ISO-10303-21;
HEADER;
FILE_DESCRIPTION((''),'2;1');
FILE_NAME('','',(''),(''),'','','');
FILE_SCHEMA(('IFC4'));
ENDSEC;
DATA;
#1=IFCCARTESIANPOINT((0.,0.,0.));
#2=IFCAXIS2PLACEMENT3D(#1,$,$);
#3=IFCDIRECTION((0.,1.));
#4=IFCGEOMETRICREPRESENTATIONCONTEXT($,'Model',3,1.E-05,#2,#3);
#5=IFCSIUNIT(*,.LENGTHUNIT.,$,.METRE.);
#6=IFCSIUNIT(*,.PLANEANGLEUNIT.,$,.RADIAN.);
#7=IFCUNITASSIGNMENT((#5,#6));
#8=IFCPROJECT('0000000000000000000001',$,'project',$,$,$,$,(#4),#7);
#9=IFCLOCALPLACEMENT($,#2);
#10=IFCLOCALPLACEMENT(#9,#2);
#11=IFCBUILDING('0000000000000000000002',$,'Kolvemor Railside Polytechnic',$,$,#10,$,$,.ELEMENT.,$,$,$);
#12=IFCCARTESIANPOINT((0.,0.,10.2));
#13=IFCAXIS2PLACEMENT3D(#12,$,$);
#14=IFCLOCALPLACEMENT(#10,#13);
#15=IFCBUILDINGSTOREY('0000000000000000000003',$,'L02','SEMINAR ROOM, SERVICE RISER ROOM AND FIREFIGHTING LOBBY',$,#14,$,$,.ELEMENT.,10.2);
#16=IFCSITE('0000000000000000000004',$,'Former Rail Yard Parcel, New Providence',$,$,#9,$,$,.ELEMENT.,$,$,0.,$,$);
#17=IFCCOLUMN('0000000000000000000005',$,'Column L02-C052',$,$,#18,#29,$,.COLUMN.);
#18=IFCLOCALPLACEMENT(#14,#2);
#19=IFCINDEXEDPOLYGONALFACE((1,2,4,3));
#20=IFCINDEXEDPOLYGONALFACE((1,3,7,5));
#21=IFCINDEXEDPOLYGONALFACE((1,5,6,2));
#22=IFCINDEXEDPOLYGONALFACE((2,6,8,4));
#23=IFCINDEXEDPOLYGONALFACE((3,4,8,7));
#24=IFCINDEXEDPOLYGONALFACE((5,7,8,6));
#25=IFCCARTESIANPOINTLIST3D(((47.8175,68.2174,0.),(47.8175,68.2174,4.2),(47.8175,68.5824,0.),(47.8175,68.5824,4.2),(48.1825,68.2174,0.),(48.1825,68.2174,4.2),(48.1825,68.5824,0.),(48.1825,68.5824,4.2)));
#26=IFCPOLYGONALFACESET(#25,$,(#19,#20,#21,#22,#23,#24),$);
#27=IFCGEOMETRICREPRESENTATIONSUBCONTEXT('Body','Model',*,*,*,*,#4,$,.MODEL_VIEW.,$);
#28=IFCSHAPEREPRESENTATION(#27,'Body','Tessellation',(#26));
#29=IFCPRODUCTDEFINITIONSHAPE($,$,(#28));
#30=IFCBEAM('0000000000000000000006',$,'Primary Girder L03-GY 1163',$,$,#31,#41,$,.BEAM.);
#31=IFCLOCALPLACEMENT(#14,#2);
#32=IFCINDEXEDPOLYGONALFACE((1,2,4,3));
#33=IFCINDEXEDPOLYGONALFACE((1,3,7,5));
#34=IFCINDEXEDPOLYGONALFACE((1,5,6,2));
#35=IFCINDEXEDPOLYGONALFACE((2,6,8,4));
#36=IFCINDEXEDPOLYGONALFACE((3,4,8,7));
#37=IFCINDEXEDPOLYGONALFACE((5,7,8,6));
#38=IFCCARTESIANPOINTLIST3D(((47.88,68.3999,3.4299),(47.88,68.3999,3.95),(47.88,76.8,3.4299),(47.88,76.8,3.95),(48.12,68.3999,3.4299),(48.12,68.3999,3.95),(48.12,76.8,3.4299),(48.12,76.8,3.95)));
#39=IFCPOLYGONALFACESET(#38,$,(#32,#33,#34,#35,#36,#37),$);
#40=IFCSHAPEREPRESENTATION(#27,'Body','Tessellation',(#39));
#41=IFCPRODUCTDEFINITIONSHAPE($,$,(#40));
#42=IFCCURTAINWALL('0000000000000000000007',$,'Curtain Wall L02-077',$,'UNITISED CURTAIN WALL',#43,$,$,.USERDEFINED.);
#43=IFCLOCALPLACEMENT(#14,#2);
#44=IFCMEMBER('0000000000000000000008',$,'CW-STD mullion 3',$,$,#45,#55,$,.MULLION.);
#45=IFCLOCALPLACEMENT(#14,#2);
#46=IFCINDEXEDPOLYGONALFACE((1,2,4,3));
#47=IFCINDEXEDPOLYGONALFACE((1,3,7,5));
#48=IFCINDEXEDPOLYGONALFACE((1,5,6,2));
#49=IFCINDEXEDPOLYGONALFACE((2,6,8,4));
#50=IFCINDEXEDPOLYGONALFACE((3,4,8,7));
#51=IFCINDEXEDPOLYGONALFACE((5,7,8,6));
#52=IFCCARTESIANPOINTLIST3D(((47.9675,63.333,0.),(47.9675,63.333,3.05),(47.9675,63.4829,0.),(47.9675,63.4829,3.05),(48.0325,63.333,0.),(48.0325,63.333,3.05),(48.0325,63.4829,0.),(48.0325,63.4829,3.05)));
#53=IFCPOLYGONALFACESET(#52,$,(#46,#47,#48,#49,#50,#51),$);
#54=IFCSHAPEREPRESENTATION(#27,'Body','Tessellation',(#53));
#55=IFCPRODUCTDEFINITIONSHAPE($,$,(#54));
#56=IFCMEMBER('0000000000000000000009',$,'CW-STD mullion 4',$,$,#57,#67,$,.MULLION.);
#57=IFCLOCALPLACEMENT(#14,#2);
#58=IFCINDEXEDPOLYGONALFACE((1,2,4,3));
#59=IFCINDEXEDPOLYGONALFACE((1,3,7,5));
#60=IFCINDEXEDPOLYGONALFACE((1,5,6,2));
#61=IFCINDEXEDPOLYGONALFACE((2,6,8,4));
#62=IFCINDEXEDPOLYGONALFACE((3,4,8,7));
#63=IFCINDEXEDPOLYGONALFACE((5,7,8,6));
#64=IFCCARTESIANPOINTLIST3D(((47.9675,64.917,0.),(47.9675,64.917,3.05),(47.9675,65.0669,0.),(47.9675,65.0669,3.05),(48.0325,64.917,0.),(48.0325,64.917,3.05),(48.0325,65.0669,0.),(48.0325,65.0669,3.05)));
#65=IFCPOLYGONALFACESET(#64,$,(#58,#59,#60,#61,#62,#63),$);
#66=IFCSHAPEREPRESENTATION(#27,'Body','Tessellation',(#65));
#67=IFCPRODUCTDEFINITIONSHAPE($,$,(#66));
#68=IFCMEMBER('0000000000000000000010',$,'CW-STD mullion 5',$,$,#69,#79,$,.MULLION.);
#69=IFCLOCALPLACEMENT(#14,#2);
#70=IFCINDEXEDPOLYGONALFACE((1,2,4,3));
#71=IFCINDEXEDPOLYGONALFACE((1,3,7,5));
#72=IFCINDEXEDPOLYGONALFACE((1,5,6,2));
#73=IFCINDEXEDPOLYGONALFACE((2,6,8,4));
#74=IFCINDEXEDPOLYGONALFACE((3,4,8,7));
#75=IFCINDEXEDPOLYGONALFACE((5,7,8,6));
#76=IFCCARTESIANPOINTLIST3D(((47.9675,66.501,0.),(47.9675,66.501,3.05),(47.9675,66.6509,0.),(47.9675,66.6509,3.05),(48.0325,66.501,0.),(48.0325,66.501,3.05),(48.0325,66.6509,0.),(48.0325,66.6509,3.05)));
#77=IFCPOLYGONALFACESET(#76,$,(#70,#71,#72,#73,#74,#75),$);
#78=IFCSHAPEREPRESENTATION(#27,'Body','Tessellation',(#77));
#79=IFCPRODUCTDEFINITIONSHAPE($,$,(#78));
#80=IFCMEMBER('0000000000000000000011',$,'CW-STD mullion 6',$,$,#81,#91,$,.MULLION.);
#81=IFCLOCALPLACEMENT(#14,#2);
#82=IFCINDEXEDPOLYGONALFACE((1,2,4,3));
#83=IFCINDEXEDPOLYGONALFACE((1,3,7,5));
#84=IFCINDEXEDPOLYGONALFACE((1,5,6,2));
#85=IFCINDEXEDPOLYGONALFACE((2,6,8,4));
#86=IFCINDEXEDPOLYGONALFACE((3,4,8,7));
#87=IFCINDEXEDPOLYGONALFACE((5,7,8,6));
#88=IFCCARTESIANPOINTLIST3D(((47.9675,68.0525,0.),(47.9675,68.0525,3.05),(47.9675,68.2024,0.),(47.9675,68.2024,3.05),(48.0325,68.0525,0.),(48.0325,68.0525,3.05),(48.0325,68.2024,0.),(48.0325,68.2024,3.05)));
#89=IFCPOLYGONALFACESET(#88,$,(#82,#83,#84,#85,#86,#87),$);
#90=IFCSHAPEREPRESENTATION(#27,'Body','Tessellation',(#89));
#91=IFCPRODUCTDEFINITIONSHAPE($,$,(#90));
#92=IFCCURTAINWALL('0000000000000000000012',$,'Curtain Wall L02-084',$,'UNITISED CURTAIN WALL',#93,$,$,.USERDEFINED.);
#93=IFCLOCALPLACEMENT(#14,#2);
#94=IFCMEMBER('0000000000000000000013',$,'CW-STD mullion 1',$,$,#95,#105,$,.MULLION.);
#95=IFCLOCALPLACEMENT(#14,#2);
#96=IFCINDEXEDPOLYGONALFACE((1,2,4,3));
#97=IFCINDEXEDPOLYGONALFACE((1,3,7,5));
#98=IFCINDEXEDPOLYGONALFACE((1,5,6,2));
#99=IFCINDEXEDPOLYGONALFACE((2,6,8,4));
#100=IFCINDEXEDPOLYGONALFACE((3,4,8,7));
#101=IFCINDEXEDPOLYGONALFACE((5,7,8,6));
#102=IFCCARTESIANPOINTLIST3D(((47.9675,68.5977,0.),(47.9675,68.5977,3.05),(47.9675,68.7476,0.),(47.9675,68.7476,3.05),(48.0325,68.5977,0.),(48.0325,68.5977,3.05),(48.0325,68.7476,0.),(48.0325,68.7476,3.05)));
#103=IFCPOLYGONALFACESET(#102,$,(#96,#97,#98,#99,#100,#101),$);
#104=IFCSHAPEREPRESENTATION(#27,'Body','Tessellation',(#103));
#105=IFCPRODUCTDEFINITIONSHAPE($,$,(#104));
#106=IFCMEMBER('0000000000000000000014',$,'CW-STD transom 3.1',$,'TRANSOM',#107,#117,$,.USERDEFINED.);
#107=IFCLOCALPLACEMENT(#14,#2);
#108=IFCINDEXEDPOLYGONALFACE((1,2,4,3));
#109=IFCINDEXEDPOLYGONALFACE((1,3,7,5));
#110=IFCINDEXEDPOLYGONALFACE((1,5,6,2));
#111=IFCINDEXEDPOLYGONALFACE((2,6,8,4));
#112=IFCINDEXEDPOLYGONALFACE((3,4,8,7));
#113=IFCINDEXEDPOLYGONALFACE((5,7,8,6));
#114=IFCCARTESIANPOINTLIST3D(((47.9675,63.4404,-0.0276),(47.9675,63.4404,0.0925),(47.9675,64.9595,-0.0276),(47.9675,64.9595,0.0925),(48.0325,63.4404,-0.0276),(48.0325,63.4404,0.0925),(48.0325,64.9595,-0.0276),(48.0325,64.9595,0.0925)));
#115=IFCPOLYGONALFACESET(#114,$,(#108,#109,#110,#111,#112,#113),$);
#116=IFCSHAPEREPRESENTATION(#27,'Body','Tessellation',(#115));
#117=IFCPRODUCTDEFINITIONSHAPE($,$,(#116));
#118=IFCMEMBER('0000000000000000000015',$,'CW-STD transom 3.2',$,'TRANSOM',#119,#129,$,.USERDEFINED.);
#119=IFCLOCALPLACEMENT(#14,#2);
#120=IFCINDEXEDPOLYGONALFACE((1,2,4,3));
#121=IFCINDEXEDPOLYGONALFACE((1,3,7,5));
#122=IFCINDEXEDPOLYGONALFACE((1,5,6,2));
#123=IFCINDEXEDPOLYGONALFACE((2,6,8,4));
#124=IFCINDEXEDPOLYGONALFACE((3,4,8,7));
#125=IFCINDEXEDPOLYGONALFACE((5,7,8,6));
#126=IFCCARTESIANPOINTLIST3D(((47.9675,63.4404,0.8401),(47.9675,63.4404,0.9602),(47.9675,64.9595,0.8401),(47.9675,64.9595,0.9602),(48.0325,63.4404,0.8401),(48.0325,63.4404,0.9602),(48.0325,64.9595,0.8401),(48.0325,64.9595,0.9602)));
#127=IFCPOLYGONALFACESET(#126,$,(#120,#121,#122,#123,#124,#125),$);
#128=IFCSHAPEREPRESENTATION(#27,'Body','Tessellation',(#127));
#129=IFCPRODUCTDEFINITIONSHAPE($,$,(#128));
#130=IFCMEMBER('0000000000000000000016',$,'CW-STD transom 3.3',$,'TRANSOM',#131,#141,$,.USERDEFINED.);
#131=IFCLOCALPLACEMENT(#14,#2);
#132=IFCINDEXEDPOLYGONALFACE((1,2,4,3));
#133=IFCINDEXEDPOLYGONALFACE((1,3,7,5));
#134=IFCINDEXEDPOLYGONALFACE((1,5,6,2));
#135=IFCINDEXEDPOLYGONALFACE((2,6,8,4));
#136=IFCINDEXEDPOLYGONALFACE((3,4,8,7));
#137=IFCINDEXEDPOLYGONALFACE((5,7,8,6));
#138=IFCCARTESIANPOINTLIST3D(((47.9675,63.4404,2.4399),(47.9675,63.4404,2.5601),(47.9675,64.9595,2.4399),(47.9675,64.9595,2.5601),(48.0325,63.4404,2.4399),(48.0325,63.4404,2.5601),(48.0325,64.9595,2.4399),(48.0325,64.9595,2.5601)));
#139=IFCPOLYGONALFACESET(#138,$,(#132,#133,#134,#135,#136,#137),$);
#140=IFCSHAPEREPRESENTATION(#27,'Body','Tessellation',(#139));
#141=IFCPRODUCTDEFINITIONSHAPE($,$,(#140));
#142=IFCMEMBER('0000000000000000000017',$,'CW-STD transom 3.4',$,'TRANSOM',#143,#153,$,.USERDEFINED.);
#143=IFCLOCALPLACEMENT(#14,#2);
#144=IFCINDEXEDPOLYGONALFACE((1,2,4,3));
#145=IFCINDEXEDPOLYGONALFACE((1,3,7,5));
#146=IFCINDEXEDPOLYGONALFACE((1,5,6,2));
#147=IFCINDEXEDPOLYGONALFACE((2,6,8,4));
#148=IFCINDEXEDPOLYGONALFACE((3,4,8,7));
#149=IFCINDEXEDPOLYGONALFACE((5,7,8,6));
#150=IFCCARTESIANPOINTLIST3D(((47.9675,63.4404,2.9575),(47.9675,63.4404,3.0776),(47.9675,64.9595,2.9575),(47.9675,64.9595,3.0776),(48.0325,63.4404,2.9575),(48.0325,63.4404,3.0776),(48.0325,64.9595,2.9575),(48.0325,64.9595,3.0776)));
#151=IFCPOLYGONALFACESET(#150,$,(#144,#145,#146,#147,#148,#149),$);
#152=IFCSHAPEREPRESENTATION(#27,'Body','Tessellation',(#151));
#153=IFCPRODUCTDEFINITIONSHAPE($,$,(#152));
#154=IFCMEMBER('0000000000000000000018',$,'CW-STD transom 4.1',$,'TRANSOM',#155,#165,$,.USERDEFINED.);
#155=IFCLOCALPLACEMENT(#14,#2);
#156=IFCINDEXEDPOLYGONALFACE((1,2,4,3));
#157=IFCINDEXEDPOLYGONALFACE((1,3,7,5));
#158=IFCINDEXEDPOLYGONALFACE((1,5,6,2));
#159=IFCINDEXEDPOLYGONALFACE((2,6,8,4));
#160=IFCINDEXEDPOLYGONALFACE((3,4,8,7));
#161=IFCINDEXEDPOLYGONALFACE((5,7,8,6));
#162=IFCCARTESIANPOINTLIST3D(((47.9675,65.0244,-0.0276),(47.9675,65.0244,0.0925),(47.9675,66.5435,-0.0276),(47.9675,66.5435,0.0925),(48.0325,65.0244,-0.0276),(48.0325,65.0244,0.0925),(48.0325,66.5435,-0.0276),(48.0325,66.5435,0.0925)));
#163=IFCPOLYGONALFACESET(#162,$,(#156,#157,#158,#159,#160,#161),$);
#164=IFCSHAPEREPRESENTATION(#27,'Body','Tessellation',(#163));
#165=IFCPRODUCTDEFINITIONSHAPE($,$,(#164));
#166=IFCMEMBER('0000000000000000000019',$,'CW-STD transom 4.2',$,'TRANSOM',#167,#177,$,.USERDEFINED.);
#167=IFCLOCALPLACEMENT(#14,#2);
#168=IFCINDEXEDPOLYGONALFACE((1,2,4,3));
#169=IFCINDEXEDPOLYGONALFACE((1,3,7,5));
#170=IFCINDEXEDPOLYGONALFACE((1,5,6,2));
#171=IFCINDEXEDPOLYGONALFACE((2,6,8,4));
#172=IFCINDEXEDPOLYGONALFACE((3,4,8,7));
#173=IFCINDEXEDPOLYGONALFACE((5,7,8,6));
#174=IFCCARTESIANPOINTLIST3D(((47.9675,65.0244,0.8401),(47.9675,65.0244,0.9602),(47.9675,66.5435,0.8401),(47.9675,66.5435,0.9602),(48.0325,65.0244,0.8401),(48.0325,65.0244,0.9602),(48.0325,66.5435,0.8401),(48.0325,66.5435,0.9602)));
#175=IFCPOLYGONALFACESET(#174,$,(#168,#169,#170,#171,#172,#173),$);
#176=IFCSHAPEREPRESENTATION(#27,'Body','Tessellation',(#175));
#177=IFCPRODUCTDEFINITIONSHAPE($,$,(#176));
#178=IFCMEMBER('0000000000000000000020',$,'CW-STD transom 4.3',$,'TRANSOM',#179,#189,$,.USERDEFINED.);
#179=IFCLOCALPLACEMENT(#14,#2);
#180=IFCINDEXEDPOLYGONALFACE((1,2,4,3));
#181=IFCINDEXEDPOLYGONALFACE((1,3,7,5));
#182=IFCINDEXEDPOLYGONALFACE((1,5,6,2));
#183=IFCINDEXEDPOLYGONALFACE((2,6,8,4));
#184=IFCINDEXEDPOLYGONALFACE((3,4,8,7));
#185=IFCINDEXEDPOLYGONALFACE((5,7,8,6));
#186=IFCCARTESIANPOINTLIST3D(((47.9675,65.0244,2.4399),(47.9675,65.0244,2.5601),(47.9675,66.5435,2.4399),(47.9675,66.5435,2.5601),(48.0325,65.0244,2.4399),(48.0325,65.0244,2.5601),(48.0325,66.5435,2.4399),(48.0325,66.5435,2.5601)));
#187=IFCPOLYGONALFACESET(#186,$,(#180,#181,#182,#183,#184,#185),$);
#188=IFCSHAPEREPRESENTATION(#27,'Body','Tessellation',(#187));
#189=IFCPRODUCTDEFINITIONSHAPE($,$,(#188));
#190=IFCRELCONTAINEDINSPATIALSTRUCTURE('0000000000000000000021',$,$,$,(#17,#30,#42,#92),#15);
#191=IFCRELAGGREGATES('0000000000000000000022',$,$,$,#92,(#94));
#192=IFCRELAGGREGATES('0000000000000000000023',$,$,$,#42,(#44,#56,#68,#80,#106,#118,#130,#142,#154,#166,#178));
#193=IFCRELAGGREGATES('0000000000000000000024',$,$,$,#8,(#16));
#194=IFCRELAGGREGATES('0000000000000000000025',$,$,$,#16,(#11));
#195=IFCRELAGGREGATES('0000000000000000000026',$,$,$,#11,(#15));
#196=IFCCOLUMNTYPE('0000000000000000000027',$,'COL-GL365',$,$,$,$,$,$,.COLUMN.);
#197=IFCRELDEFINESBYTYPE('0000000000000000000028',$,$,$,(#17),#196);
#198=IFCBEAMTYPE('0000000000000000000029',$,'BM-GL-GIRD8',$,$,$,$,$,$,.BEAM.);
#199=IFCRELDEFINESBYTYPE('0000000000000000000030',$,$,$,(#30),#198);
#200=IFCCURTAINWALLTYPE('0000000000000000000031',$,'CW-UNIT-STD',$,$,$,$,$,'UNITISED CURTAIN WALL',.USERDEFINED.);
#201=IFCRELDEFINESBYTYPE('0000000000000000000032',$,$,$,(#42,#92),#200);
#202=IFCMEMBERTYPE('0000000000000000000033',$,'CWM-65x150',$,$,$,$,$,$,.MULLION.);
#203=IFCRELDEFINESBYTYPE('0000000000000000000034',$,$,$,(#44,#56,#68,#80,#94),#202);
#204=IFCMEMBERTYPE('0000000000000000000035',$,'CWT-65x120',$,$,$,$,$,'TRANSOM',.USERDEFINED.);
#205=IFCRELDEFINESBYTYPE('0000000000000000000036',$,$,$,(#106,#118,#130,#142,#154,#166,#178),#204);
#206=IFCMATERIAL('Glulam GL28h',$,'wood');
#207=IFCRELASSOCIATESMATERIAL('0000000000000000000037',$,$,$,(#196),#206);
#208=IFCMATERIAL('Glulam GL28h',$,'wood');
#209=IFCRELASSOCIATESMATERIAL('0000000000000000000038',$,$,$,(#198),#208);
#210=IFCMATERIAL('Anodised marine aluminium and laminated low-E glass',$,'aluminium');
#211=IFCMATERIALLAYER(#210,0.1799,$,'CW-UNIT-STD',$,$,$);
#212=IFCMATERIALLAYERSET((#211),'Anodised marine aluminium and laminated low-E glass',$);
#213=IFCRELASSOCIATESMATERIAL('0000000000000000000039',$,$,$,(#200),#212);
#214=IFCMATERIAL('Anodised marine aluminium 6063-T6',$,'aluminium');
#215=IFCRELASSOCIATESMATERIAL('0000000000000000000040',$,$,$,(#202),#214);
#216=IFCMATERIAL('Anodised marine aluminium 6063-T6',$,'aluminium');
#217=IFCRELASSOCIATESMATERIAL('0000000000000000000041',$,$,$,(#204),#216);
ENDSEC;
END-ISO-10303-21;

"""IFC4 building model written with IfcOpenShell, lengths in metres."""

from ifc_helpers import new_model, si_unit, direction, frame, origin, origin_2d, place, context, subcontext, project, spatial, rectangle, extrude, material, layer, layer_set, material_profile, profile_set, type_object, element, aggregate, save


model = new_model("IFC4")

# Units and contexts
model_context = context("Model", 3, precision=1e-05, world=origin(), true_north=direction((0.0, 1.0)))
body_context = subcontext(model_context, "Body", "Model", "MODEL_VIEW")
ifc_project = project(units=[si_unit("LENGTHUNIT", "METRE"), si_unit("PLANEANGLEUNIT", "RADIAN")], contexts=[model_context])

# Site, building, storey
site_placement = place(None, origin())
site = spatial("IfcSite", under=ifc_project, at=site_placement, Name="Former Rail Yard Parcel, New Providence", CompositionType="ELEMENT", RefElevation=0.0)
building_placement = place(site_placement, origin())
building = spatial("IfcBuilding", under=site, at=building_placement, Name="Kolvemor Railside Polytechnic", CompositionType="ELEMENT")
storey_placement = place(building_placement, frame((0.0, 0.0, 10.2)))
storey = spatial("IfcBuildingStorey", under=building, at=storey_placement, Name="L02", Description="SEMINAR ROOM, SERVICE RISER ROOM AND FIREFIGHTING LOBBY", CompositionType="ELEMENT", Elevation=10.2)

# Column
ifc_material_1 = material(Name="Glulam GL28h", Category="wood")
ifc_material_profile_1 = material_profile(ifc_material_1, rectangle(XDim=0.365, YDim=0.365, at=origin_2d()), Name="GL365x365")
ifc_profile_set_1 = profile_set([ifc_material_profile_1], Name="Glulam GL28h")
column_type = type_object("IfcColumnType", Name="COL-GL365", PredefinedType="COLUMN", material=ifc_profile_set_1)
column_placement = place(storey_placement, frame((48.0, 68.3999, 0.0), z_axis=(0.0, 0.0, 1.0), x_axis=(1.0, 0.0, 0.0)))
element("IfcColumn", 1, at=column_placement, inside=storey, type_object=column_type, Name="Column L02-C052", PredefinedType="COLUMN", context=body_context, shape_type="SweptSolid", body=[
    extrude(rectangle(XDim=0.365, YDim=0.365, at=origin_2d()), origin(), (0.0, 0.0, 1.0), 4.2),
])

# Beam
ifc_material_2 = material(Name="Glulam GL28h", Category="wood")
ifc_material_profile_2 = material_profile(ifc_material_2, rectangle(XDim=0.24, YDim=0.52, at=origin_2d()), Name="GL240x520")
ifc_profile_set_2 = profile_set([ifc_material_profile_2], Name="Glulam GL28h")
beam_type = type_object("IfcBeamType", Name="BM-GL-GIRD8", PredefinedType="BEAM", material=ifc_profile_set_2)
beam_placement = place(storey_placement, frame((48.0, 68.3999, 3.6899), z_axis=(0.0, 1.0, 0.0), x_axis=(-1.0, 0.0, 0.0)))
element("IfcBeam", 2, at=beam_placement, inside=storey, type_object=beam_type, Name="Primary Girder L03-GY 1163", PredefinedType="BEAM", context=body_context, shape_type="SweptSolid", body=[
    extrude(rectangle(XDim=0.24, YDim=0.52, at=origin_2d()), origin(), (0.0, 0.0, 1.0), 8.4001),
])

# Curtain wall, members
ifc_material_3 = material(Name="Anodised marine aluminium and laminated low-E glass", Category="aluminium")
ifc_layer_1 = layer(ifc_material_3, 0.1799, Name="CW-UNIT-STD")
ifc_layer_set_1 = layer_set([ifc_layer_1], Name="Anodised marine aluminium and laminated low-E glass")
curtain_wall_type = type_object("IfcCurtainWallType", Name="CW-UNIT-STD", ElementType="UNITISED CURTAIN WALL", PredefinedType="USERDEFINED", material=ifc_layer_set_1)
curtain_wall_1_placement = place(storey_placement, origin())
curtain_wall_1 = element("IfcCurtainWall", 3, at=curtain_wall_1_placement, inside=storey, type_object=curtain_wall_type, Name="Curtain Wall L02-077", ObjectType="UNITISED CURTAIN WALL", PredefinedType="USERDEFINED")
ifc_material_4 = material(Name="Anodised marine aluminium 6063-T6", Category="aluminium")
ifc_material_profile_3 = material_profile(ifc_material_4, rectangle(XDim=0.0649, YDim=0.1499, at=origin_2d()), Name="CW-MUL-65x150")
ifc_profile_set_3 = profile_set([ifc_material_profile_3], Name="Anodised marine aluminium 6063-T6")
member_type_1 = type_object("IfcMemberType", Name="CWM-65x150", PredefinedType="MULLION", material=ifc_profile_set_3)
member_1_placement = place(storey_placement, frame((48.0, 63.408, 0.0), z_axis=(0.0, 0.0, 1.0), x_axis=(-1.0, 0.0, 0.0)))
member_1 = element("IfcMember", 4, at=member_1_placement, type_object=member_type_1, Name="CW-STD mullion 3", PredefinedType="MULLION", context=body_context, shape_type="SweptSolid", body=[
    extrude(rectangle(XDim=0.0649, YDim=0.1499, at=origin_2d()), origin(), (0.0, 0.0, 1.0), 3.05),
])
member_2_placement = place(storey_placement, frame((48.0, 64.9919, 0.0), z_axis=(0.0, 0.0, 1.0), x_axis=(-1.0, 0.0, 0.0)))
member_2 = element("IfcMember", 5, at=member_2_placement, type_object=member_type_1, Name="CW-STD mullion 4", PredefinedType="MULLION", context=body_context, shape_type="SweptSolid", body=[
    extrude(rectangle(XDim=0.0649, YDim=0.1499, at=origin_2d()), origin(), (0.0, 0.0, 1.0), 3.05),
])
member_3_placement = place(storey_placement, frame((48.0, 66.5759, 0.0), z_axis=(0.0, 0.0, 1.0), x_axis=(-1.0, 0.0, 0.0)))
member_3 = element("IfcMember", 6, at=member_3_placement, type_object=member_type_1, Name="CW-STD mullion 5", PredefinedType="MULLION", context=body_context, shape_type="SweptSolid", body=[
    extrude(rectangle(XDim=0.0649, YDim=0.1499, at=origin_2d()), origin(), (0.0, 0.0, 1.0), 3.05),
])
member_4_placement = place(storey_placement, frame((48.0, 68.1274, 0.0), z_axis=(0.0, 0.0, 1.0), x_axis=(-1.0, 0.0, 0.0)))
member_4 = element("IfcMember", 7, at=member_4_placement, type_object=member_type_1, Name="CW-STD mullion 6", PredefinedType="MULLION", context=body_context, shape_type="SweptSolid", body=[
    extrude(rectangle(XDim=0.0649, YDim=0.1499, at=origin_2d()), origin(), (0.0, 0.0, 1.0), 3.05),
])

# Curtain wall, member
curtain_wall_2_placement = place(storey_placement, origin())
curtain_wall_2 = element("IfcCurtainWall", 8, at=curtain_wall_2_placement, inside=storey, type_object=curtain_wall_type, Name="Curtain Wall L02-084", ObjectType="UNITISED CURTAIN WALL", PredefinedType="USERDEFINED")
member_5_placement = place(storey_placement, frame((48.0, 68.6726, 0.0), z_axis=(0.0, 0.0, 1.0), x_axis=(-1.0, 0.0, 0.0)))
member_5 = element("IfcMember", 9, at=member_5_placement, type_object=member_type_1, Name="CW-STD mullion 1", PredefinedType="MULLION", context=body_context, shape_type="SweptSolid", body=[
    extrude(rectangle(XDim=0.0649, YDim=0.1499, at=origin_2d()), origin(), (0.0, 0.0, 1.0), 3.05),
])

# Members
ifc_material_5 = material(Name="Anodised marine aluminium 6063-T6", Category="aluminium")
ifc_material_profile_4 = material_profile(ifc_material_5, rectangle(XDim=0.0649, YDim=0.1201, at=origin_2d()), Name="CW-TRN-65x120")
ifc_profile_set_4 = profile_set([ifc_material_profile_4], Name="Anodised marine aluminium 6063-T6")
member_type_2 = type_object("IfcMemberType", Name="CWT-65x120", ElementType="TRANSOM", PredefinedType="USERDEFINED", material=ifc_profile_set_4)
member_6_placement = place(storey_placement, frame((48.0, 63.4404, 0.0325), z_axis=(0.0, 1.0, 0.0), x_axis=(-1.0, 0.0, 0.0)))
member_6 = element("IfcMember", 10, at=member_6_placement, type_object=member_type_2, Name="CW-STD transom 3.1", ObjectType="TRANSOM", PredefinedType="USERDEFINED", context=body_context, shape_type="SweptSolid", body=[
    extrude(rectangle(XDim=0.0649, YDim=0.1201, at=origin_2d()), origin(), (0.0, 0.0, 1.0), 1.519),
])
member_7_placement = place(storey_placement, frame((48.0, 63.4404, 0.9001), z_axis=(0.0, 1.0, 0.0), x_axis=(-1.0, 0.0, 0.0)))
member_7 = element("IfcMember", 11, at=member_7_placement, type_object=member_type_2, Name="CW-STD transom 3.2", ObjectType="TRANSOM", PredefinedType="USERDEFINED", context=body_context, shape_type="SweptSolid", body=[
    extrude(rectangle(XDim=0.0649, YDim=0.1201, at=origin_2d()), origin(), (0.0, 0.0, 1.0), 1.519),
])
member_8_placement = place(storey_placement, frame((48.0, 63.4404, 2.5), z_axis=(0.0, 1.0, 0.0), x_axis=(-1.0, 0.0, 0.0)))
member_8 = element("IfcMember", 12, at=member_8_placement, type_object=member_type_2, Name="CW-STD transom 3.3", ObjectType="TRANSOM", PredefinedType="USERDEFINED", context=body_context, shape_type="SweptSolid", body=[
    extrude(rectangle(XDim=0.0649, YDim=0.1201, at=origin_2d()), origin(), (0.0, 0.0, 1.0), 1.519),
])
member_9_placement = place(storey_placement, frame((48.0, 63.4404, 3.0176), z_axis=(0.0, 1.0, 0.0), x_axis=(-1.0, 0.0, 0.0)))
member_9 = element("IfcMember", 13, at=member_9_placement, type_object=member_type_2, Name="CW-STD transom 3.4", ObjectType="TRANSOM", PredefinedType="USERDEFINED", context=body_context, shape_type="SweptSolid", body=[
    extrude(rectangle(XDim=0.0649, YDim=0.1201, at=origin_2d()), origin(), (0.0, 0.0, 1.0), 1.519),
])
member_10_placement = place(storey_placement, frame((48.0, 65.0244, 0.0325), z_axis=(0.0, 1.0, 0.0), x_axis=(-1.0, 0.0, 0.0)))
member_10 = element("IfcMember", 14, at=member_10_placement, type_object=member_type_2, Name="CW-STD transom 4.1", ObjectType="TRANSOM", PredefinedType="USERDEFINED", context=body_context, shape_type="SweptSolid", body=[
    extrude(rectangle(XDim=0.0649, YDim=0.1201, at=origin_2d()), origin(), (0.0, 0.0, 1.0), 1.519),
])
member_11_placement = place(storey_placement, frame((48.0, 65.0244, 0.9001), z_axis=(0.0, 1.0, 0.0), x_axis=(-1.0, 0.0, 0.0)))
member_11 = element("IfcMember", 15, at=member_11_placement, type_object=member_type_2, Name="CW-STD transom 4.2", ObjectType="TRANSOM", PredefinedType="USERDEFINED", context=body_context, shape_type="SweptSolid", body=[
    extrude(rectangle(XDim=0.0649, YDim=0.1201, at=origin_2d()), origin(), (0.0, 0.0, 1.0), 1.519),
])
member_12_placement = place(storey_placement, frame((48.0, 65.0244, 2.5), z_axis=(0.0, 1.0, 0.0), x_axis=(-1.0, 0.0, 0.0)))
member_12 = element("IfcMember", 16, at=member_12_placement, type_object=member_type_2, Name="CW-STD transom 4.3", ObjectType="TRANSOM", PredefinedType="USERDEFINED", context=body_context, shape_type="SweptSolid", body=[
    extrude(rectangle(XDim=0.0649, YDim=0.1201, at=origin_2d()), origin(), (0.0, 0.0, 1.0), 1.519),
])
aggregate(curtain_wall_2, [member_5])

aggregate(curtain_wall_1, [member_1, member_2, member_3, member_4, member_6, member_7, member_8, member_9, member_10, member_11, member_12])

save(model, "model.ifc")
